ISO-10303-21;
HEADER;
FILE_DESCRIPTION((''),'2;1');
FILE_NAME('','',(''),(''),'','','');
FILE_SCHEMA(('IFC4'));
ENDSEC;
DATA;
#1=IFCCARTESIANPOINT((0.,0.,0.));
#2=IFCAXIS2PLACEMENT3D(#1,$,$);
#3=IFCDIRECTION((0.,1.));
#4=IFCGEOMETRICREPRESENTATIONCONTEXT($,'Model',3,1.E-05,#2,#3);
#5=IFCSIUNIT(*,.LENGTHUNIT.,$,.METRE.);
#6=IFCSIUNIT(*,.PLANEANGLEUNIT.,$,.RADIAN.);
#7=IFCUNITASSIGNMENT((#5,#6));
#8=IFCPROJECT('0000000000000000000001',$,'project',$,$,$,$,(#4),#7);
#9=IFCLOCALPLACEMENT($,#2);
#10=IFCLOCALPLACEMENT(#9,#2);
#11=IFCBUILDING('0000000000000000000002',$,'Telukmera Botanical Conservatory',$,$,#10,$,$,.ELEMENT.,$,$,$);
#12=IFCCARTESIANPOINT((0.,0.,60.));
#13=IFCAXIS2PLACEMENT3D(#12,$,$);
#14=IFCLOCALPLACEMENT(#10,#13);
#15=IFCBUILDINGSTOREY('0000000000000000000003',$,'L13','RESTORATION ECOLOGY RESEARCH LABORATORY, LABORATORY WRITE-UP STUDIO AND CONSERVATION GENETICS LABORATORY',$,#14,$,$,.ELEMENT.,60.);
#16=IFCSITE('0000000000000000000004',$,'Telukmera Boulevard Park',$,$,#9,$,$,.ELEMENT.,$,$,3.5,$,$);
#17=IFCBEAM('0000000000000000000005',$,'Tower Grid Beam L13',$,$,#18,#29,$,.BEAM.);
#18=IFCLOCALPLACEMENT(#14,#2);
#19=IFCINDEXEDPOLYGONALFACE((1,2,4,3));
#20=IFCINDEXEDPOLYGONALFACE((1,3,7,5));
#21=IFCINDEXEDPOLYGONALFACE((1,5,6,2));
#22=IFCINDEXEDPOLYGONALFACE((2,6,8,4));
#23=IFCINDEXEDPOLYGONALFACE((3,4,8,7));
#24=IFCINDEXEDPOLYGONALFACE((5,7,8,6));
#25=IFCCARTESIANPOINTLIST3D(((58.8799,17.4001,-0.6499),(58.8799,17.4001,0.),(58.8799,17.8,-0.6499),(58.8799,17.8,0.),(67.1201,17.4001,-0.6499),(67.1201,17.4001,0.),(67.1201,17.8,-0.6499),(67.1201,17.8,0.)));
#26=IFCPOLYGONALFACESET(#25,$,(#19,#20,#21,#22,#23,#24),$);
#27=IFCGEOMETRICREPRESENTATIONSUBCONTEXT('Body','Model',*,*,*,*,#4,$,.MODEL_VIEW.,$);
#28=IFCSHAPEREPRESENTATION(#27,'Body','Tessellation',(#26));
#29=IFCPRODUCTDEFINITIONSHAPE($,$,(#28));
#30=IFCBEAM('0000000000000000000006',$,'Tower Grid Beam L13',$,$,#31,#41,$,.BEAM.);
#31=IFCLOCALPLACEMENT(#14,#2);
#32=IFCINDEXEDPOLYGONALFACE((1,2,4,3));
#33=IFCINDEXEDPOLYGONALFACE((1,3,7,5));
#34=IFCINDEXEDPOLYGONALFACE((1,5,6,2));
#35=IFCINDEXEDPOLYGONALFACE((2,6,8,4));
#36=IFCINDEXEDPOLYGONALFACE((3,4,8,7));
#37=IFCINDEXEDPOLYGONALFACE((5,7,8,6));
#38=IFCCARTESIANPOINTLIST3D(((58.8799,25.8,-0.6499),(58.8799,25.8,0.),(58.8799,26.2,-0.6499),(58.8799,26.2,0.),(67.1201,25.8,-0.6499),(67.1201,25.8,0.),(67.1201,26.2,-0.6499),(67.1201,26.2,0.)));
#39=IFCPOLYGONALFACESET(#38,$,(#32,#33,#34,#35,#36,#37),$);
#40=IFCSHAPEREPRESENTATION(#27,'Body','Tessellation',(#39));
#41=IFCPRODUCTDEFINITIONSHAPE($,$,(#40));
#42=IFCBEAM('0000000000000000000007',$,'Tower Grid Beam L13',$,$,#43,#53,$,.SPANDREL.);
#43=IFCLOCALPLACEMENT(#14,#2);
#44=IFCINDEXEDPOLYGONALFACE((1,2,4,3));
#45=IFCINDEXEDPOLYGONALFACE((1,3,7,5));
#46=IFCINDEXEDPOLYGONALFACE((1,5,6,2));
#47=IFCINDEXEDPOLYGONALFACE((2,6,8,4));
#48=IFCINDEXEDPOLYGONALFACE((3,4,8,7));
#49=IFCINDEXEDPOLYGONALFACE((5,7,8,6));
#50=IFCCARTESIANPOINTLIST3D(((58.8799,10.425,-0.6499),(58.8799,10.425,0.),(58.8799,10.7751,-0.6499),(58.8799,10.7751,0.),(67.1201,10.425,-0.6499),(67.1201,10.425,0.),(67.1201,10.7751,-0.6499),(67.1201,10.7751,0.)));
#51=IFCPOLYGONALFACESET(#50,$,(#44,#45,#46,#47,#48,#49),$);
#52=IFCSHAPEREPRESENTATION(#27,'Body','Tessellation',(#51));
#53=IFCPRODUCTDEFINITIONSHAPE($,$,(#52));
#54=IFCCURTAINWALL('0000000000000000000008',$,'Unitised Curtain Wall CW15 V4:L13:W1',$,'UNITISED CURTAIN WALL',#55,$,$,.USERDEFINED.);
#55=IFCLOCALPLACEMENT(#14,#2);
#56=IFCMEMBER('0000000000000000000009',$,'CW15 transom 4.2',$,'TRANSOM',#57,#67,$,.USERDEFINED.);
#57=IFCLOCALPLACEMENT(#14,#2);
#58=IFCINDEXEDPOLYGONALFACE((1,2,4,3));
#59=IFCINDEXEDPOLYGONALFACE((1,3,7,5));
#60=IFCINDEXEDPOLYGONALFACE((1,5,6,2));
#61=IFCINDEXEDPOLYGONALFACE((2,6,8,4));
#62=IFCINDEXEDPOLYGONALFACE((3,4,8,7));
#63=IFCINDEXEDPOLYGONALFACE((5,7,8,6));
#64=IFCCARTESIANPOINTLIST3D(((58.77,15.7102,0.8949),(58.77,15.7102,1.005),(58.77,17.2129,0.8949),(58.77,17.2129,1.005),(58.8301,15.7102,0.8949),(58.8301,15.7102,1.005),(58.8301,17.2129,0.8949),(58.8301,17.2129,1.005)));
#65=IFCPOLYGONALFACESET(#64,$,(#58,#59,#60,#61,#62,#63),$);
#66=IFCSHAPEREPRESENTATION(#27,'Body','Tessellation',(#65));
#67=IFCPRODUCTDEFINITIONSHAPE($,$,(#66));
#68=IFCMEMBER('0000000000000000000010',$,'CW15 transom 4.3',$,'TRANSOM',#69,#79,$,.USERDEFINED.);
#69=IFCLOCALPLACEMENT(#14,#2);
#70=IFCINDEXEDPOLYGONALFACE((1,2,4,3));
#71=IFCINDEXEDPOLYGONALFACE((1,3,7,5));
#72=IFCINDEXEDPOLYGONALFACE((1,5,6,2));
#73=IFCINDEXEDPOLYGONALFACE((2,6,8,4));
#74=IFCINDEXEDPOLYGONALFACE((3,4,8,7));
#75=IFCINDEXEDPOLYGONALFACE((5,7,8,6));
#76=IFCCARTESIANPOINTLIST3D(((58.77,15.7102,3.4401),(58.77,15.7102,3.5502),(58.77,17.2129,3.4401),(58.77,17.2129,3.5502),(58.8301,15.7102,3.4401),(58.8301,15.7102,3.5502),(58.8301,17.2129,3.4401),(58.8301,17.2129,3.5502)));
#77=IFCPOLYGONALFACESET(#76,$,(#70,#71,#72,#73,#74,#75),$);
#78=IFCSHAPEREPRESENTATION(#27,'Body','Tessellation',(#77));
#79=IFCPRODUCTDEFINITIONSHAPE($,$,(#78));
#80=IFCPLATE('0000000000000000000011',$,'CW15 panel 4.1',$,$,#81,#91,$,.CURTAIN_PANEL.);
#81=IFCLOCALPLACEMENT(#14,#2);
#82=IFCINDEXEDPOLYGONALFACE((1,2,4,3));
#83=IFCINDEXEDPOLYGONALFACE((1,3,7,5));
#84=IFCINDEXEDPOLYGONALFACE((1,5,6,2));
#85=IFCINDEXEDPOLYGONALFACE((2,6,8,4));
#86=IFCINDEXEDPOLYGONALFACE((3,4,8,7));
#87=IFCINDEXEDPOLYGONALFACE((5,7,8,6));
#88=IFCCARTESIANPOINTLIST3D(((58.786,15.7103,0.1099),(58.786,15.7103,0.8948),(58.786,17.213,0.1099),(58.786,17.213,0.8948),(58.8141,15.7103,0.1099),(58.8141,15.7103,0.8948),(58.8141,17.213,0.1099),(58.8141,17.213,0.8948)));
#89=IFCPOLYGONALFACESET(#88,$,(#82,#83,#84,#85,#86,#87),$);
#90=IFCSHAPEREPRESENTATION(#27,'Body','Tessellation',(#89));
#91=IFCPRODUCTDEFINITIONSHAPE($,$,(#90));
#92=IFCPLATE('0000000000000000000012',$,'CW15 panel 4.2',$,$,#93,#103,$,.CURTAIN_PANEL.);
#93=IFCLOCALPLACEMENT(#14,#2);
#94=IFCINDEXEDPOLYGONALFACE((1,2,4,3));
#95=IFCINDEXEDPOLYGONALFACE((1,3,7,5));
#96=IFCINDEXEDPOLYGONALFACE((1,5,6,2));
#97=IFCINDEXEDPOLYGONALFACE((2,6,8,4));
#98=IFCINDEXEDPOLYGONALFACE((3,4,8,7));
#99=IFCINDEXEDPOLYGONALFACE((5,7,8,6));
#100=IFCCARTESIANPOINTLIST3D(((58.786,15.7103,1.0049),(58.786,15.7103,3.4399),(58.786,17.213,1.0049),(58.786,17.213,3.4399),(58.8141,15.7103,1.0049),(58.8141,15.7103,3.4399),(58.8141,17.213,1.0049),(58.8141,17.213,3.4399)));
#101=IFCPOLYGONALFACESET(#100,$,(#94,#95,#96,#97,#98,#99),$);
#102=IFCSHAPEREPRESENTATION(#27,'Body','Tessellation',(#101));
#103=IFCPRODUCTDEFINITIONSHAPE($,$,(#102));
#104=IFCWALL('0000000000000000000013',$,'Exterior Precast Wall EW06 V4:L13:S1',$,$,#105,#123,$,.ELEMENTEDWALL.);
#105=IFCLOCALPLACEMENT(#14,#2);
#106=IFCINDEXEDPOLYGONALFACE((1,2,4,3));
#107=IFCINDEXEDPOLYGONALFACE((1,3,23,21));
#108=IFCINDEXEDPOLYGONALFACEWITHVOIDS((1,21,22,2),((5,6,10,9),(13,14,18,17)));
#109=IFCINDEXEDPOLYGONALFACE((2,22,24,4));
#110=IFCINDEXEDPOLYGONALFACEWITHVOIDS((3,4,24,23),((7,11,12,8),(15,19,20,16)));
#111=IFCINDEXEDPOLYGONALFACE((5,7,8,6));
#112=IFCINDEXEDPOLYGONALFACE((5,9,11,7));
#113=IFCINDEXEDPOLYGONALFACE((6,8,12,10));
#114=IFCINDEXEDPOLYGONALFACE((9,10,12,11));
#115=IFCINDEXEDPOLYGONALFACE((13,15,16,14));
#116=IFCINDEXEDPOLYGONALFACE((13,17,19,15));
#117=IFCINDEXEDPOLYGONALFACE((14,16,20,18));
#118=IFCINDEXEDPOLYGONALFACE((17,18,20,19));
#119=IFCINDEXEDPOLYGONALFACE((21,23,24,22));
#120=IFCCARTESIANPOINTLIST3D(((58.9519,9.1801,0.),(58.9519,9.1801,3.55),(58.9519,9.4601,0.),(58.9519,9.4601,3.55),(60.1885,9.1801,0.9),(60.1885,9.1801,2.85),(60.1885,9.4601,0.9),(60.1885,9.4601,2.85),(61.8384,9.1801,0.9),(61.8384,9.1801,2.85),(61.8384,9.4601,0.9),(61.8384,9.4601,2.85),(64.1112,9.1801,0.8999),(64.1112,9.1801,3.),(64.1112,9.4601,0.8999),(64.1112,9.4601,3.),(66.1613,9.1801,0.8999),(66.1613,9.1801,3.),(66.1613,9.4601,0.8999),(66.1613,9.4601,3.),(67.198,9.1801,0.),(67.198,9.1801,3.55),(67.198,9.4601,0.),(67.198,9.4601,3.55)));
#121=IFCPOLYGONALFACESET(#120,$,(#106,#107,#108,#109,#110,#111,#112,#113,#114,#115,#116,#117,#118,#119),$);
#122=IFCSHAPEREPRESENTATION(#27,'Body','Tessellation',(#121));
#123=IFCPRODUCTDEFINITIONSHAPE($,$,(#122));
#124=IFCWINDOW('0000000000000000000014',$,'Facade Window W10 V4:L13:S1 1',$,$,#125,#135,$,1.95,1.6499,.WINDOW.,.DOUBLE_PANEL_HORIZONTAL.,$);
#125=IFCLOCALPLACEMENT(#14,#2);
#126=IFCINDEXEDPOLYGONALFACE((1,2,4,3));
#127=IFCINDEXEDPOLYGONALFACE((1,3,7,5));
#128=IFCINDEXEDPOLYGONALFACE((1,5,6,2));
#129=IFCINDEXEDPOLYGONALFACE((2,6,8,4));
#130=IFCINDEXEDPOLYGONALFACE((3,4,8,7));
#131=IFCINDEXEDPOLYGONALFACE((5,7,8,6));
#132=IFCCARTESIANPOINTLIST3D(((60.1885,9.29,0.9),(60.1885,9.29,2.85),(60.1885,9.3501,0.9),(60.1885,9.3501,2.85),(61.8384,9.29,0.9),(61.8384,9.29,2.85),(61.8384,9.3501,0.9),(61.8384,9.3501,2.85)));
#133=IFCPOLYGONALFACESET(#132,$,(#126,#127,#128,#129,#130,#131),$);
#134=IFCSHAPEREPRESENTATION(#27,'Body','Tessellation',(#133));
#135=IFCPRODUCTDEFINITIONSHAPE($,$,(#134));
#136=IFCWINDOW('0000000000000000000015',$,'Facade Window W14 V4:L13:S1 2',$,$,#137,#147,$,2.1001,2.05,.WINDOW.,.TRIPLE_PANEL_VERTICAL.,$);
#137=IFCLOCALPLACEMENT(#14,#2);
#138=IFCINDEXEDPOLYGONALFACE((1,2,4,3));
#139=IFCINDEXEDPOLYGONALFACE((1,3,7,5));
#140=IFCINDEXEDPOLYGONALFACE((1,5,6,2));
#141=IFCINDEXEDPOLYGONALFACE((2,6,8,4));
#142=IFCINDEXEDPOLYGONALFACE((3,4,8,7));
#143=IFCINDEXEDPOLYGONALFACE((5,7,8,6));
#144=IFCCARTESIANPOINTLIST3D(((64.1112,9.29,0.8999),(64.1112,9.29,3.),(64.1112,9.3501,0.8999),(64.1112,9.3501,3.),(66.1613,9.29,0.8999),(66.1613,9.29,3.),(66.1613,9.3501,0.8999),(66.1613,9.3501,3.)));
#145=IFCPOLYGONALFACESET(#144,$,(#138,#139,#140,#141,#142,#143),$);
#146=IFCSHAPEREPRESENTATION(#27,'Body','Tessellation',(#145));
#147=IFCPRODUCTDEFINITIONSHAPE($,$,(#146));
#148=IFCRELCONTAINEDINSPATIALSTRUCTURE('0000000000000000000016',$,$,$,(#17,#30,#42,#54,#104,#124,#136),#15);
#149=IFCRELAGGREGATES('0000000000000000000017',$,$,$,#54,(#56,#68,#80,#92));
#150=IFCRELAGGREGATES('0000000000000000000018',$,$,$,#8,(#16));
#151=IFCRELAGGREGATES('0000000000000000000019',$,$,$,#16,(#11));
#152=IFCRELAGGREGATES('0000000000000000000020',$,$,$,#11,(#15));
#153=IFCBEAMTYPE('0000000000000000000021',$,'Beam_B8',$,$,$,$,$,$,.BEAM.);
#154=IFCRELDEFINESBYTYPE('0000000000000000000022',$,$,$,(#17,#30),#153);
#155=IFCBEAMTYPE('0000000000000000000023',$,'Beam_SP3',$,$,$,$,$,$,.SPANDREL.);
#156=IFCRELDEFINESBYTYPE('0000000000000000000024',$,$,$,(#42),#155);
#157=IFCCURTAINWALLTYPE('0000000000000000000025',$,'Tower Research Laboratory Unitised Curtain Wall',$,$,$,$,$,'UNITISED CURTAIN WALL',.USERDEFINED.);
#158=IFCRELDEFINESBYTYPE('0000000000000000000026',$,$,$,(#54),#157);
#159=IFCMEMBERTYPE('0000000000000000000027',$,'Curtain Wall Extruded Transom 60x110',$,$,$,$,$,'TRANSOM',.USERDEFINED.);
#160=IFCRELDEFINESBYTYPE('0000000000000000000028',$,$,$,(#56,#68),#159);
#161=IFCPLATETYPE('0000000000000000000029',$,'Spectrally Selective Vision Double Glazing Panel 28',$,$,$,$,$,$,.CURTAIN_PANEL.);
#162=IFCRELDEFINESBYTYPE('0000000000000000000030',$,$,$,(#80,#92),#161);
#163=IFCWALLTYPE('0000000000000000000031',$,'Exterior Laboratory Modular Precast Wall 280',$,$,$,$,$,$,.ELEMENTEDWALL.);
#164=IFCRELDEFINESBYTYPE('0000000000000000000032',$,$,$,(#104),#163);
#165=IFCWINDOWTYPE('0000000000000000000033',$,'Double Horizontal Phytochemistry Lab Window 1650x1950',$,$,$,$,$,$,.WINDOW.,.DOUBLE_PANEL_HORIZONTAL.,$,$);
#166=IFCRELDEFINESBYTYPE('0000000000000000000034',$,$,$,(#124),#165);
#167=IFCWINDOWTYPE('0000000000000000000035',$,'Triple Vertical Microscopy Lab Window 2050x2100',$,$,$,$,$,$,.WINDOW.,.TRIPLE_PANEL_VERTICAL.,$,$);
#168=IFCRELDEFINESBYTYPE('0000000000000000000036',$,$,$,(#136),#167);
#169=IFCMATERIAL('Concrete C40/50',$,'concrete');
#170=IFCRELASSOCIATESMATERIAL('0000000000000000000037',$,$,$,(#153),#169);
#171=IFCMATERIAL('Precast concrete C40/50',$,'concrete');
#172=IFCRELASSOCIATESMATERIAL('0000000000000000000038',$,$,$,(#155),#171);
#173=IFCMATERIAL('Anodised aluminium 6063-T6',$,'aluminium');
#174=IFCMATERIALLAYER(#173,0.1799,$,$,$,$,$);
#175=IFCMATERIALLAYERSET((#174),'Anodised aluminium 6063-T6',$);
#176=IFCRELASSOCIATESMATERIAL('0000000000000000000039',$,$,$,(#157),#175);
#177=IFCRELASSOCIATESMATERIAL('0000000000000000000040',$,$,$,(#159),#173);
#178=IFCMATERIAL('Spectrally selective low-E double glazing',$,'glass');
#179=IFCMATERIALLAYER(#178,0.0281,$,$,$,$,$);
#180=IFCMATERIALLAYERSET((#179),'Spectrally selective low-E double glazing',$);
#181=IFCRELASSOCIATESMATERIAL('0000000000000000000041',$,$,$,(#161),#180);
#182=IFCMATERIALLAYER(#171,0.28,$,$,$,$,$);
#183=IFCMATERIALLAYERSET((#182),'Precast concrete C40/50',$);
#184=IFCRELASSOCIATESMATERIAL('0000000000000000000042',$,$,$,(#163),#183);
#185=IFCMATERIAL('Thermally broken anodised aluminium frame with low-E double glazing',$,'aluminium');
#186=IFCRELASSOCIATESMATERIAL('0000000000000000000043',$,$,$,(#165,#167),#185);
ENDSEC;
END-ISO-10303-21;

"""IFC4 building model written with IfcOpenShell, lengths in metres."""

from ifc_helpers import new_model, si_unit, direction, frame, frame_2d, origin, origin_2d, place, context, subcontext, project, spatial, rectangle, extrude, material, layer, layer_set, material_profile, profile_set, type_object, element, fill, aggregate, save


model = new_model("IFC4")

# Units and contexts
model_context = context("Model", 3, precision=1e-05, world=origin(), true_north=direction((0.0, 1.0)))
body_context = subcontext(model_context, "Body", "Model", "MODEL_VIEW")
ifc_project = project(units=[si_unit("LENGTHUNIT", "METRE"), si_unit("PLANEANGLEUNIT", "RADIAN")], contexts=[model_context])

# Site, building, storey
site_placement = place(None, origin())
site = spatial("IfcSite", under=ifc_project, at=site_placement, Name="Telukmera Boulevard Park", CompositionType="ELEMENT", RefElevation=3.5)
building_placement = place(site_placement, origin())
building = spatial("IfcBuilding", under=site, at=building_placement, Name="Telukmera Botanical Conservatory", CompositionType="ELEMENT")
storey_placement = place(building_placement, frame((0.0, 0.0, 60.0)))
storey = spatial("IfcBuildingStorey", under=building, at=storey_placement, Name="L13", Description="RESTORATION ECOLOGY RESEARCH LABORATORY, LABORATORY WRITE-UP STUDIO AND CONSERVATION GENETICS LABORATORY", CompositionType="ELEMENT", Elevation=60.0)

# Beams
ifc_material_1 = material(Name="Concrete C40/50", Category="concrete")
ifc_material_profile_1 = material_profile(ifc_material_1, rectangle(XDim=0.3999, YDim=0.6499, at=origin_2d()), Name="RC 400x650")
ifc_profile_set_1 = profile_set([ifc_material_profile_1], Name="Concrete C40/50")
beam_type_1 = type_object("IfcBeamType", Name="Beam_B8", PredefinedType="BEAM", material=ifc_profile_set_1)
for number, where, z_axis, x_axis, name in (
    (1, (58.8799, 17.6001, -0.325), (1.0, 0.0, 0.0), (0.0, 1.0, 0.0), "Tower Grid Beam L13"),
    (2, (58.8799, 26.0, -0.325), (1.0, 0.0, 0.0), (0.0, 1.0, 0.0), "Tower Grid Beam L13"),
):
    element("IfcBeam", number, at=place(storey_placement, frame(where, z_axis=z_axis, x_axis=x_axis)), inside=storey, type_object=beam_type_1, Name=name, PredefinedType="BEAM", context=body_context, shape_type="SweptSolid", body=[
        extrude(rectangle(XDim=0.3999, YDim=0.6499, at=origin_2d()), origin(), (0.0, 0.0, 1.0), 8.2402),
    ])
ifc_material_2 = material(Name="Precast concrete C40/50", Category="concrete")
ifc_material_profile_2 = material_profile(ifc_material_2, rectangle(XDim=0.3501, YDim=0.6499, at=origin_2d()), Name="PC 350x650")
ifc_profile_set_2 = profile_set([ifc_material_profile_2], Name="Precast concrete C40/50")
beam_type_2 = type_object("IfcBeamType", Name="Beam_SP3", PredefinedType="SPANDREL", material=ifc_profile_set_2)
beam_placement = place(storey_placement, frame((58.8799, 10.6001, -0.325), z_axis=(1.0, 0.0, 0.0), x_axis=(0.0, 1.0, 0.0)))
element("IfcBeam", 3, at=beam_placement, inside=storey, type_object=beam_type_2, Name="Tower Grid Beam L13", PredefinedType="SPANDREL", context=body_context, shape_type="SweptSolid", body=[
    extrude(rectangle(XDim=0.3501, YDim=0.6499, at=origin_2d()), origin(), (0.0, 0.0, 1.0), 8.2402),
])

# Curtain wall, members, plates
ifc_material_3 = material(Name="Anodised aluminium 6063-T6", Category="aluminium")
ifc_layer_1 = layer(ifc_material_3, 0.1799)
ifc_layer_set_1 = layer_set([ifc_layer_1], Name="Anodised aluminium 6063-T6")
curtain_wall_type = type_object("IfcCurtainWallType", Name="Tower Research Laboratory Unitised Curtain Wall", ElementType="UNITISED CURTAIN WALL", PredefinedType="USERDEFINED", material=ifc_layer_set_1)
curtain_wall_placement = place(storey_placement, origin())
curtain_wall = element("IfcCurtainWall", 4, at=curtain_wall_placement, inside=storey, type_object=curtain_wall_type, Name="Unitised Curtain Wall CW15 V4:L13:W1", ObjectType="UNITISED CURTAIN WALL", PredefinedType="USERDEFINED")
ifc_material_profile_3 = material_profile(ifc_material_3, rectangle(XDim=0.0601, YDim=0.1101, at=origin_2d()), Name="ALU TRAN 60x110")
ifc_profile_set_3 = profile_set([ifc_material_profile_3], Name="Anodised aluminium 6063-T6")
member_type = type_object("IfcMemberType", Name="Curtain Wall Extruded Transom 60x110", ElementType="TRANSOM", PredefinedType="USERDEFINED", material=ifc_profile_set_3)
member_1_placement = place(storey_placement, frame((58.8, 15.7102, 0.95), z_axis=(0.0, 1.0, 0.0), x_axis=(-1.0, 0.0, 0.0)))
member_1 = element("IfcMember", 5, at=member_1_placement, type_object=member_type, Name="CW15 transom 4.2", ObjectType="TRANSOM", PredefinedType="USERDEFINED", context=body_context, shape_type="SweptSolid", body=[
    extrude(rectangle(XDim=0.0601, YDim=0.1101, at=origin_2d()), origin(), (0.0, 0.0, 1.0), 1.5027),
])
member_2_placement = place(storey_placement, frame((58.8, 15.7102, 3.4951), z_axis=(0.0, 1.0, 0.0), x_axis=(-1.0, 0.0, 0.0)))
member_2 = element("IfcMember", 6, at=member_2_placement, type_object=member_type, Name="CW15 transom 4.3", ObjectType="TRANSOM", PredefinedType="USERDEFINED", context=body_context, shape_type="SweptSolid", body=[
    extrude(rectangle(XDim=0.0601, YDim=0.1101, at=origin_2d()), origin(), (0.0, 0.0, 1.0), 1.5027),
])
ifc_material_4 = material(Name="Spectrally selective low-E double glazing", Category="glass")
ifc_layer_2 = layer(ifc_material_4, 0.0281)
ifc_layer_set_2 = layer_set([ifc_layer_2], Name="Spectrally selective low-E double glazing")
plate_type = type_object("IfcPlateType", Name="Spectrally Selective Vision Double Glazing Panel 28", PredefinedType="CURTAIN_PANEL", material=ifc_layer_set_2)
plate_1_placement = place(storey_placement, frame((58.8, 16.4617, 0.1099), z_axis=(0.0, 0.0, 1.0), x_axis=(0.0, 1.0, 0.0)))
plate_1 = element("IfcPlate", 7, at=plate_1_placement, type_object=plate_type, Name="CW15 panel 4.1", PredefinedType="CURTAIN_PANEL", context=body_context, shape_type="SweptSolid", body=[
    extrude(rectangle(XDim=1.5027, YDim=0.0281, at=origin_2d()), origin(), (0.0, 0.0, 1.0), 0.7849),
])
plate_2_placement = place(storey_placement, frame((58.8, 16.4617, 1.0049), z_axis=(0.0, 0.0, 1.0), x_axis=(0.0, 1.0, 0.0)))
plate_2 = element("IfcPlate", 8, at=plate_2_placement, type_object=plate_type, Name="CW15 panel 4.2", PredefinedType="CURTAIN_PANEL", context=body_context, shape_type="SweptSolid", body=[
    extrude(rectangle(XDim=1.5027, YDim=0.0281, at=origin_2d()), origin(), (0.0, 0.0, 1.0), 2.4351),
])
aggregate(curtain_wall, [member_1, member_2, plate_1, plate_2])

# Wall, openings, windows
ifc_layer_3 = layer(ifc_material_2, 0.28)
ifc_layer_set_3 = layer_set([ifc_layer_3], Name="Precast concrete C40/50")
wall_type_1 = type_object("IfcWallType", Name="Exterior Laboratory Modular Precast Wall 280", PredefinedType="ELEMENTEDWALL", material=ifc_layer_set_3)
wall_1_placement = place(storey_placement, frame((58.9519, 9.3201, 0.0), z_axis=(0.0, 0.0, 1.0), x_axis=(1.0, 0.0, 0.0)))
wall_1 = element("IfcWall", 9, at=wall_1_placement, inside=storey, type_object=wall_type_1, Name="Exterior Precast Wall EW06 V4:L13:S1", PredefinedType="ELEMENTEDWALL", context=body_context, shape_type="SweptSolid", body=[
    extrude(rectangle(XDim=8.2461, YDim=0.28, at=frame_2d((4.123, 0.0))), origin(), (0.0, 0.0, 1.0), 3.55),
])
opening_1_placement = place(wall_1_placement, frame((1.2366, 0.0, 0.8999)))
opening_1 = element("IfcOpeningElement", 10, at=opening_1_placement, cuts=wall_1, PredefinedType="OPENING", context=body_context, shape_type="SweptSolid", body=[
    extrude(rectangle(XDim=1.6499, YDim=1.95, at=frame_2d((0.825, 0.9751))), frame((0.0, 0.1499, 0.0), z_axis=(0.0, -1.0, 0.0), x_axis=(1.0, 0.0, 0.0)), (0.0, 0.0, 1.0), 0.3),
])
opening_2_placement = place(wall_1_placement, frame((5.1594, 0.0, 0.8999)))
opening_2 = element("IfcOpeningElement", 11, at=opening_2_placement, cuts=wall_1, PredefinedType="OPENING", context=body_context, shape_type="SweptSolid", body=[
    extrude(rectangle(XDim=2.05, YDim=2.1001, at=frame_2d((1.0249, 1.05))), frame((0.0, 0.1499, 0.0), z_axis=(0.0, -1.0, 0.0), x_axis=(1.0, 0.0, 0.0)), (0.0, 0.0, 1.0), 0.3),
])
ifc_material_5 = material(Name="Thermally broken anodised aluminium frame with low-E double glazing", Category="aluminium")
window_type_1 = type_object("IfcWindowType", Name="Double Horizontal Phytochemistry Lab Window 1650x1950", PartitioningType="DOUBLE_PANEL_HORIZONTAL", PredefinedType="WINDOW", material=ifc_material_5)
window_1_placement = place(opening_1_placement, origin())
window_1 = element("IfcWindow", 12, at=window_1_placement, inside=storey, type_object=window_type_1, Name="Facade Window W10 V4:L13:S1 1", OverallHeight=1.95, OverallWidth=1.6499, PartitioningType="DOUBLE_PANEL_HORIZONTAL", PredefinedType="WINDOW", context=body_context, shape_type="SweptSolid", body=[
    extrude(rectangle(XDim=1.6499, YDim=1.95, at=frame_2d((0.825, 0.9751))), frame((0.0, 0.03, 0.0), z_axis=(0.0, -1.0, 0.0), x_axis=(1.0, 0.0, 0.0)), (0.0, 0.0, 1.0), 0.0601),
])
fill(opening_1, window_1)
window_type_2 = type_object("IfcWindowType", Name="Triple Vertical Microscopy Lab Window 2050x2100", PartitioningType="TRIPLE_PANEL_VERTICAL", PredefinedType="WINDOW", material=ifc_material_5)
window_2_placement = place(opening_2_placement, origin())
window_2 = element("IfcWindow", 13, at=window_2_placement, inside=storey, type_object=window_type_2, Name="Facade Window W14 V4:L13:S1 2", OverallHeight=2.1001, OverallWidth=2.05, PartitioningType="TRIPLE_PANEL_VERTICAL", PredefinedType="WINDOW", context=body_context, shape_type="SweptSolid", body=[
    extrude(rectangle(XDim=2.05, YDim=2.1001, at=frame_2d((1.0249, 1.05))), frame((0.0, 0.03, 0.0), z_axis=(0.0, -1.0, 0.0), x_axis=(1.0, 0.0, 0.0)), (0.0, 0.0, 1.0), 0.0601),
])
fill(opening_2, window_2)

save(model, "model.ifc")
